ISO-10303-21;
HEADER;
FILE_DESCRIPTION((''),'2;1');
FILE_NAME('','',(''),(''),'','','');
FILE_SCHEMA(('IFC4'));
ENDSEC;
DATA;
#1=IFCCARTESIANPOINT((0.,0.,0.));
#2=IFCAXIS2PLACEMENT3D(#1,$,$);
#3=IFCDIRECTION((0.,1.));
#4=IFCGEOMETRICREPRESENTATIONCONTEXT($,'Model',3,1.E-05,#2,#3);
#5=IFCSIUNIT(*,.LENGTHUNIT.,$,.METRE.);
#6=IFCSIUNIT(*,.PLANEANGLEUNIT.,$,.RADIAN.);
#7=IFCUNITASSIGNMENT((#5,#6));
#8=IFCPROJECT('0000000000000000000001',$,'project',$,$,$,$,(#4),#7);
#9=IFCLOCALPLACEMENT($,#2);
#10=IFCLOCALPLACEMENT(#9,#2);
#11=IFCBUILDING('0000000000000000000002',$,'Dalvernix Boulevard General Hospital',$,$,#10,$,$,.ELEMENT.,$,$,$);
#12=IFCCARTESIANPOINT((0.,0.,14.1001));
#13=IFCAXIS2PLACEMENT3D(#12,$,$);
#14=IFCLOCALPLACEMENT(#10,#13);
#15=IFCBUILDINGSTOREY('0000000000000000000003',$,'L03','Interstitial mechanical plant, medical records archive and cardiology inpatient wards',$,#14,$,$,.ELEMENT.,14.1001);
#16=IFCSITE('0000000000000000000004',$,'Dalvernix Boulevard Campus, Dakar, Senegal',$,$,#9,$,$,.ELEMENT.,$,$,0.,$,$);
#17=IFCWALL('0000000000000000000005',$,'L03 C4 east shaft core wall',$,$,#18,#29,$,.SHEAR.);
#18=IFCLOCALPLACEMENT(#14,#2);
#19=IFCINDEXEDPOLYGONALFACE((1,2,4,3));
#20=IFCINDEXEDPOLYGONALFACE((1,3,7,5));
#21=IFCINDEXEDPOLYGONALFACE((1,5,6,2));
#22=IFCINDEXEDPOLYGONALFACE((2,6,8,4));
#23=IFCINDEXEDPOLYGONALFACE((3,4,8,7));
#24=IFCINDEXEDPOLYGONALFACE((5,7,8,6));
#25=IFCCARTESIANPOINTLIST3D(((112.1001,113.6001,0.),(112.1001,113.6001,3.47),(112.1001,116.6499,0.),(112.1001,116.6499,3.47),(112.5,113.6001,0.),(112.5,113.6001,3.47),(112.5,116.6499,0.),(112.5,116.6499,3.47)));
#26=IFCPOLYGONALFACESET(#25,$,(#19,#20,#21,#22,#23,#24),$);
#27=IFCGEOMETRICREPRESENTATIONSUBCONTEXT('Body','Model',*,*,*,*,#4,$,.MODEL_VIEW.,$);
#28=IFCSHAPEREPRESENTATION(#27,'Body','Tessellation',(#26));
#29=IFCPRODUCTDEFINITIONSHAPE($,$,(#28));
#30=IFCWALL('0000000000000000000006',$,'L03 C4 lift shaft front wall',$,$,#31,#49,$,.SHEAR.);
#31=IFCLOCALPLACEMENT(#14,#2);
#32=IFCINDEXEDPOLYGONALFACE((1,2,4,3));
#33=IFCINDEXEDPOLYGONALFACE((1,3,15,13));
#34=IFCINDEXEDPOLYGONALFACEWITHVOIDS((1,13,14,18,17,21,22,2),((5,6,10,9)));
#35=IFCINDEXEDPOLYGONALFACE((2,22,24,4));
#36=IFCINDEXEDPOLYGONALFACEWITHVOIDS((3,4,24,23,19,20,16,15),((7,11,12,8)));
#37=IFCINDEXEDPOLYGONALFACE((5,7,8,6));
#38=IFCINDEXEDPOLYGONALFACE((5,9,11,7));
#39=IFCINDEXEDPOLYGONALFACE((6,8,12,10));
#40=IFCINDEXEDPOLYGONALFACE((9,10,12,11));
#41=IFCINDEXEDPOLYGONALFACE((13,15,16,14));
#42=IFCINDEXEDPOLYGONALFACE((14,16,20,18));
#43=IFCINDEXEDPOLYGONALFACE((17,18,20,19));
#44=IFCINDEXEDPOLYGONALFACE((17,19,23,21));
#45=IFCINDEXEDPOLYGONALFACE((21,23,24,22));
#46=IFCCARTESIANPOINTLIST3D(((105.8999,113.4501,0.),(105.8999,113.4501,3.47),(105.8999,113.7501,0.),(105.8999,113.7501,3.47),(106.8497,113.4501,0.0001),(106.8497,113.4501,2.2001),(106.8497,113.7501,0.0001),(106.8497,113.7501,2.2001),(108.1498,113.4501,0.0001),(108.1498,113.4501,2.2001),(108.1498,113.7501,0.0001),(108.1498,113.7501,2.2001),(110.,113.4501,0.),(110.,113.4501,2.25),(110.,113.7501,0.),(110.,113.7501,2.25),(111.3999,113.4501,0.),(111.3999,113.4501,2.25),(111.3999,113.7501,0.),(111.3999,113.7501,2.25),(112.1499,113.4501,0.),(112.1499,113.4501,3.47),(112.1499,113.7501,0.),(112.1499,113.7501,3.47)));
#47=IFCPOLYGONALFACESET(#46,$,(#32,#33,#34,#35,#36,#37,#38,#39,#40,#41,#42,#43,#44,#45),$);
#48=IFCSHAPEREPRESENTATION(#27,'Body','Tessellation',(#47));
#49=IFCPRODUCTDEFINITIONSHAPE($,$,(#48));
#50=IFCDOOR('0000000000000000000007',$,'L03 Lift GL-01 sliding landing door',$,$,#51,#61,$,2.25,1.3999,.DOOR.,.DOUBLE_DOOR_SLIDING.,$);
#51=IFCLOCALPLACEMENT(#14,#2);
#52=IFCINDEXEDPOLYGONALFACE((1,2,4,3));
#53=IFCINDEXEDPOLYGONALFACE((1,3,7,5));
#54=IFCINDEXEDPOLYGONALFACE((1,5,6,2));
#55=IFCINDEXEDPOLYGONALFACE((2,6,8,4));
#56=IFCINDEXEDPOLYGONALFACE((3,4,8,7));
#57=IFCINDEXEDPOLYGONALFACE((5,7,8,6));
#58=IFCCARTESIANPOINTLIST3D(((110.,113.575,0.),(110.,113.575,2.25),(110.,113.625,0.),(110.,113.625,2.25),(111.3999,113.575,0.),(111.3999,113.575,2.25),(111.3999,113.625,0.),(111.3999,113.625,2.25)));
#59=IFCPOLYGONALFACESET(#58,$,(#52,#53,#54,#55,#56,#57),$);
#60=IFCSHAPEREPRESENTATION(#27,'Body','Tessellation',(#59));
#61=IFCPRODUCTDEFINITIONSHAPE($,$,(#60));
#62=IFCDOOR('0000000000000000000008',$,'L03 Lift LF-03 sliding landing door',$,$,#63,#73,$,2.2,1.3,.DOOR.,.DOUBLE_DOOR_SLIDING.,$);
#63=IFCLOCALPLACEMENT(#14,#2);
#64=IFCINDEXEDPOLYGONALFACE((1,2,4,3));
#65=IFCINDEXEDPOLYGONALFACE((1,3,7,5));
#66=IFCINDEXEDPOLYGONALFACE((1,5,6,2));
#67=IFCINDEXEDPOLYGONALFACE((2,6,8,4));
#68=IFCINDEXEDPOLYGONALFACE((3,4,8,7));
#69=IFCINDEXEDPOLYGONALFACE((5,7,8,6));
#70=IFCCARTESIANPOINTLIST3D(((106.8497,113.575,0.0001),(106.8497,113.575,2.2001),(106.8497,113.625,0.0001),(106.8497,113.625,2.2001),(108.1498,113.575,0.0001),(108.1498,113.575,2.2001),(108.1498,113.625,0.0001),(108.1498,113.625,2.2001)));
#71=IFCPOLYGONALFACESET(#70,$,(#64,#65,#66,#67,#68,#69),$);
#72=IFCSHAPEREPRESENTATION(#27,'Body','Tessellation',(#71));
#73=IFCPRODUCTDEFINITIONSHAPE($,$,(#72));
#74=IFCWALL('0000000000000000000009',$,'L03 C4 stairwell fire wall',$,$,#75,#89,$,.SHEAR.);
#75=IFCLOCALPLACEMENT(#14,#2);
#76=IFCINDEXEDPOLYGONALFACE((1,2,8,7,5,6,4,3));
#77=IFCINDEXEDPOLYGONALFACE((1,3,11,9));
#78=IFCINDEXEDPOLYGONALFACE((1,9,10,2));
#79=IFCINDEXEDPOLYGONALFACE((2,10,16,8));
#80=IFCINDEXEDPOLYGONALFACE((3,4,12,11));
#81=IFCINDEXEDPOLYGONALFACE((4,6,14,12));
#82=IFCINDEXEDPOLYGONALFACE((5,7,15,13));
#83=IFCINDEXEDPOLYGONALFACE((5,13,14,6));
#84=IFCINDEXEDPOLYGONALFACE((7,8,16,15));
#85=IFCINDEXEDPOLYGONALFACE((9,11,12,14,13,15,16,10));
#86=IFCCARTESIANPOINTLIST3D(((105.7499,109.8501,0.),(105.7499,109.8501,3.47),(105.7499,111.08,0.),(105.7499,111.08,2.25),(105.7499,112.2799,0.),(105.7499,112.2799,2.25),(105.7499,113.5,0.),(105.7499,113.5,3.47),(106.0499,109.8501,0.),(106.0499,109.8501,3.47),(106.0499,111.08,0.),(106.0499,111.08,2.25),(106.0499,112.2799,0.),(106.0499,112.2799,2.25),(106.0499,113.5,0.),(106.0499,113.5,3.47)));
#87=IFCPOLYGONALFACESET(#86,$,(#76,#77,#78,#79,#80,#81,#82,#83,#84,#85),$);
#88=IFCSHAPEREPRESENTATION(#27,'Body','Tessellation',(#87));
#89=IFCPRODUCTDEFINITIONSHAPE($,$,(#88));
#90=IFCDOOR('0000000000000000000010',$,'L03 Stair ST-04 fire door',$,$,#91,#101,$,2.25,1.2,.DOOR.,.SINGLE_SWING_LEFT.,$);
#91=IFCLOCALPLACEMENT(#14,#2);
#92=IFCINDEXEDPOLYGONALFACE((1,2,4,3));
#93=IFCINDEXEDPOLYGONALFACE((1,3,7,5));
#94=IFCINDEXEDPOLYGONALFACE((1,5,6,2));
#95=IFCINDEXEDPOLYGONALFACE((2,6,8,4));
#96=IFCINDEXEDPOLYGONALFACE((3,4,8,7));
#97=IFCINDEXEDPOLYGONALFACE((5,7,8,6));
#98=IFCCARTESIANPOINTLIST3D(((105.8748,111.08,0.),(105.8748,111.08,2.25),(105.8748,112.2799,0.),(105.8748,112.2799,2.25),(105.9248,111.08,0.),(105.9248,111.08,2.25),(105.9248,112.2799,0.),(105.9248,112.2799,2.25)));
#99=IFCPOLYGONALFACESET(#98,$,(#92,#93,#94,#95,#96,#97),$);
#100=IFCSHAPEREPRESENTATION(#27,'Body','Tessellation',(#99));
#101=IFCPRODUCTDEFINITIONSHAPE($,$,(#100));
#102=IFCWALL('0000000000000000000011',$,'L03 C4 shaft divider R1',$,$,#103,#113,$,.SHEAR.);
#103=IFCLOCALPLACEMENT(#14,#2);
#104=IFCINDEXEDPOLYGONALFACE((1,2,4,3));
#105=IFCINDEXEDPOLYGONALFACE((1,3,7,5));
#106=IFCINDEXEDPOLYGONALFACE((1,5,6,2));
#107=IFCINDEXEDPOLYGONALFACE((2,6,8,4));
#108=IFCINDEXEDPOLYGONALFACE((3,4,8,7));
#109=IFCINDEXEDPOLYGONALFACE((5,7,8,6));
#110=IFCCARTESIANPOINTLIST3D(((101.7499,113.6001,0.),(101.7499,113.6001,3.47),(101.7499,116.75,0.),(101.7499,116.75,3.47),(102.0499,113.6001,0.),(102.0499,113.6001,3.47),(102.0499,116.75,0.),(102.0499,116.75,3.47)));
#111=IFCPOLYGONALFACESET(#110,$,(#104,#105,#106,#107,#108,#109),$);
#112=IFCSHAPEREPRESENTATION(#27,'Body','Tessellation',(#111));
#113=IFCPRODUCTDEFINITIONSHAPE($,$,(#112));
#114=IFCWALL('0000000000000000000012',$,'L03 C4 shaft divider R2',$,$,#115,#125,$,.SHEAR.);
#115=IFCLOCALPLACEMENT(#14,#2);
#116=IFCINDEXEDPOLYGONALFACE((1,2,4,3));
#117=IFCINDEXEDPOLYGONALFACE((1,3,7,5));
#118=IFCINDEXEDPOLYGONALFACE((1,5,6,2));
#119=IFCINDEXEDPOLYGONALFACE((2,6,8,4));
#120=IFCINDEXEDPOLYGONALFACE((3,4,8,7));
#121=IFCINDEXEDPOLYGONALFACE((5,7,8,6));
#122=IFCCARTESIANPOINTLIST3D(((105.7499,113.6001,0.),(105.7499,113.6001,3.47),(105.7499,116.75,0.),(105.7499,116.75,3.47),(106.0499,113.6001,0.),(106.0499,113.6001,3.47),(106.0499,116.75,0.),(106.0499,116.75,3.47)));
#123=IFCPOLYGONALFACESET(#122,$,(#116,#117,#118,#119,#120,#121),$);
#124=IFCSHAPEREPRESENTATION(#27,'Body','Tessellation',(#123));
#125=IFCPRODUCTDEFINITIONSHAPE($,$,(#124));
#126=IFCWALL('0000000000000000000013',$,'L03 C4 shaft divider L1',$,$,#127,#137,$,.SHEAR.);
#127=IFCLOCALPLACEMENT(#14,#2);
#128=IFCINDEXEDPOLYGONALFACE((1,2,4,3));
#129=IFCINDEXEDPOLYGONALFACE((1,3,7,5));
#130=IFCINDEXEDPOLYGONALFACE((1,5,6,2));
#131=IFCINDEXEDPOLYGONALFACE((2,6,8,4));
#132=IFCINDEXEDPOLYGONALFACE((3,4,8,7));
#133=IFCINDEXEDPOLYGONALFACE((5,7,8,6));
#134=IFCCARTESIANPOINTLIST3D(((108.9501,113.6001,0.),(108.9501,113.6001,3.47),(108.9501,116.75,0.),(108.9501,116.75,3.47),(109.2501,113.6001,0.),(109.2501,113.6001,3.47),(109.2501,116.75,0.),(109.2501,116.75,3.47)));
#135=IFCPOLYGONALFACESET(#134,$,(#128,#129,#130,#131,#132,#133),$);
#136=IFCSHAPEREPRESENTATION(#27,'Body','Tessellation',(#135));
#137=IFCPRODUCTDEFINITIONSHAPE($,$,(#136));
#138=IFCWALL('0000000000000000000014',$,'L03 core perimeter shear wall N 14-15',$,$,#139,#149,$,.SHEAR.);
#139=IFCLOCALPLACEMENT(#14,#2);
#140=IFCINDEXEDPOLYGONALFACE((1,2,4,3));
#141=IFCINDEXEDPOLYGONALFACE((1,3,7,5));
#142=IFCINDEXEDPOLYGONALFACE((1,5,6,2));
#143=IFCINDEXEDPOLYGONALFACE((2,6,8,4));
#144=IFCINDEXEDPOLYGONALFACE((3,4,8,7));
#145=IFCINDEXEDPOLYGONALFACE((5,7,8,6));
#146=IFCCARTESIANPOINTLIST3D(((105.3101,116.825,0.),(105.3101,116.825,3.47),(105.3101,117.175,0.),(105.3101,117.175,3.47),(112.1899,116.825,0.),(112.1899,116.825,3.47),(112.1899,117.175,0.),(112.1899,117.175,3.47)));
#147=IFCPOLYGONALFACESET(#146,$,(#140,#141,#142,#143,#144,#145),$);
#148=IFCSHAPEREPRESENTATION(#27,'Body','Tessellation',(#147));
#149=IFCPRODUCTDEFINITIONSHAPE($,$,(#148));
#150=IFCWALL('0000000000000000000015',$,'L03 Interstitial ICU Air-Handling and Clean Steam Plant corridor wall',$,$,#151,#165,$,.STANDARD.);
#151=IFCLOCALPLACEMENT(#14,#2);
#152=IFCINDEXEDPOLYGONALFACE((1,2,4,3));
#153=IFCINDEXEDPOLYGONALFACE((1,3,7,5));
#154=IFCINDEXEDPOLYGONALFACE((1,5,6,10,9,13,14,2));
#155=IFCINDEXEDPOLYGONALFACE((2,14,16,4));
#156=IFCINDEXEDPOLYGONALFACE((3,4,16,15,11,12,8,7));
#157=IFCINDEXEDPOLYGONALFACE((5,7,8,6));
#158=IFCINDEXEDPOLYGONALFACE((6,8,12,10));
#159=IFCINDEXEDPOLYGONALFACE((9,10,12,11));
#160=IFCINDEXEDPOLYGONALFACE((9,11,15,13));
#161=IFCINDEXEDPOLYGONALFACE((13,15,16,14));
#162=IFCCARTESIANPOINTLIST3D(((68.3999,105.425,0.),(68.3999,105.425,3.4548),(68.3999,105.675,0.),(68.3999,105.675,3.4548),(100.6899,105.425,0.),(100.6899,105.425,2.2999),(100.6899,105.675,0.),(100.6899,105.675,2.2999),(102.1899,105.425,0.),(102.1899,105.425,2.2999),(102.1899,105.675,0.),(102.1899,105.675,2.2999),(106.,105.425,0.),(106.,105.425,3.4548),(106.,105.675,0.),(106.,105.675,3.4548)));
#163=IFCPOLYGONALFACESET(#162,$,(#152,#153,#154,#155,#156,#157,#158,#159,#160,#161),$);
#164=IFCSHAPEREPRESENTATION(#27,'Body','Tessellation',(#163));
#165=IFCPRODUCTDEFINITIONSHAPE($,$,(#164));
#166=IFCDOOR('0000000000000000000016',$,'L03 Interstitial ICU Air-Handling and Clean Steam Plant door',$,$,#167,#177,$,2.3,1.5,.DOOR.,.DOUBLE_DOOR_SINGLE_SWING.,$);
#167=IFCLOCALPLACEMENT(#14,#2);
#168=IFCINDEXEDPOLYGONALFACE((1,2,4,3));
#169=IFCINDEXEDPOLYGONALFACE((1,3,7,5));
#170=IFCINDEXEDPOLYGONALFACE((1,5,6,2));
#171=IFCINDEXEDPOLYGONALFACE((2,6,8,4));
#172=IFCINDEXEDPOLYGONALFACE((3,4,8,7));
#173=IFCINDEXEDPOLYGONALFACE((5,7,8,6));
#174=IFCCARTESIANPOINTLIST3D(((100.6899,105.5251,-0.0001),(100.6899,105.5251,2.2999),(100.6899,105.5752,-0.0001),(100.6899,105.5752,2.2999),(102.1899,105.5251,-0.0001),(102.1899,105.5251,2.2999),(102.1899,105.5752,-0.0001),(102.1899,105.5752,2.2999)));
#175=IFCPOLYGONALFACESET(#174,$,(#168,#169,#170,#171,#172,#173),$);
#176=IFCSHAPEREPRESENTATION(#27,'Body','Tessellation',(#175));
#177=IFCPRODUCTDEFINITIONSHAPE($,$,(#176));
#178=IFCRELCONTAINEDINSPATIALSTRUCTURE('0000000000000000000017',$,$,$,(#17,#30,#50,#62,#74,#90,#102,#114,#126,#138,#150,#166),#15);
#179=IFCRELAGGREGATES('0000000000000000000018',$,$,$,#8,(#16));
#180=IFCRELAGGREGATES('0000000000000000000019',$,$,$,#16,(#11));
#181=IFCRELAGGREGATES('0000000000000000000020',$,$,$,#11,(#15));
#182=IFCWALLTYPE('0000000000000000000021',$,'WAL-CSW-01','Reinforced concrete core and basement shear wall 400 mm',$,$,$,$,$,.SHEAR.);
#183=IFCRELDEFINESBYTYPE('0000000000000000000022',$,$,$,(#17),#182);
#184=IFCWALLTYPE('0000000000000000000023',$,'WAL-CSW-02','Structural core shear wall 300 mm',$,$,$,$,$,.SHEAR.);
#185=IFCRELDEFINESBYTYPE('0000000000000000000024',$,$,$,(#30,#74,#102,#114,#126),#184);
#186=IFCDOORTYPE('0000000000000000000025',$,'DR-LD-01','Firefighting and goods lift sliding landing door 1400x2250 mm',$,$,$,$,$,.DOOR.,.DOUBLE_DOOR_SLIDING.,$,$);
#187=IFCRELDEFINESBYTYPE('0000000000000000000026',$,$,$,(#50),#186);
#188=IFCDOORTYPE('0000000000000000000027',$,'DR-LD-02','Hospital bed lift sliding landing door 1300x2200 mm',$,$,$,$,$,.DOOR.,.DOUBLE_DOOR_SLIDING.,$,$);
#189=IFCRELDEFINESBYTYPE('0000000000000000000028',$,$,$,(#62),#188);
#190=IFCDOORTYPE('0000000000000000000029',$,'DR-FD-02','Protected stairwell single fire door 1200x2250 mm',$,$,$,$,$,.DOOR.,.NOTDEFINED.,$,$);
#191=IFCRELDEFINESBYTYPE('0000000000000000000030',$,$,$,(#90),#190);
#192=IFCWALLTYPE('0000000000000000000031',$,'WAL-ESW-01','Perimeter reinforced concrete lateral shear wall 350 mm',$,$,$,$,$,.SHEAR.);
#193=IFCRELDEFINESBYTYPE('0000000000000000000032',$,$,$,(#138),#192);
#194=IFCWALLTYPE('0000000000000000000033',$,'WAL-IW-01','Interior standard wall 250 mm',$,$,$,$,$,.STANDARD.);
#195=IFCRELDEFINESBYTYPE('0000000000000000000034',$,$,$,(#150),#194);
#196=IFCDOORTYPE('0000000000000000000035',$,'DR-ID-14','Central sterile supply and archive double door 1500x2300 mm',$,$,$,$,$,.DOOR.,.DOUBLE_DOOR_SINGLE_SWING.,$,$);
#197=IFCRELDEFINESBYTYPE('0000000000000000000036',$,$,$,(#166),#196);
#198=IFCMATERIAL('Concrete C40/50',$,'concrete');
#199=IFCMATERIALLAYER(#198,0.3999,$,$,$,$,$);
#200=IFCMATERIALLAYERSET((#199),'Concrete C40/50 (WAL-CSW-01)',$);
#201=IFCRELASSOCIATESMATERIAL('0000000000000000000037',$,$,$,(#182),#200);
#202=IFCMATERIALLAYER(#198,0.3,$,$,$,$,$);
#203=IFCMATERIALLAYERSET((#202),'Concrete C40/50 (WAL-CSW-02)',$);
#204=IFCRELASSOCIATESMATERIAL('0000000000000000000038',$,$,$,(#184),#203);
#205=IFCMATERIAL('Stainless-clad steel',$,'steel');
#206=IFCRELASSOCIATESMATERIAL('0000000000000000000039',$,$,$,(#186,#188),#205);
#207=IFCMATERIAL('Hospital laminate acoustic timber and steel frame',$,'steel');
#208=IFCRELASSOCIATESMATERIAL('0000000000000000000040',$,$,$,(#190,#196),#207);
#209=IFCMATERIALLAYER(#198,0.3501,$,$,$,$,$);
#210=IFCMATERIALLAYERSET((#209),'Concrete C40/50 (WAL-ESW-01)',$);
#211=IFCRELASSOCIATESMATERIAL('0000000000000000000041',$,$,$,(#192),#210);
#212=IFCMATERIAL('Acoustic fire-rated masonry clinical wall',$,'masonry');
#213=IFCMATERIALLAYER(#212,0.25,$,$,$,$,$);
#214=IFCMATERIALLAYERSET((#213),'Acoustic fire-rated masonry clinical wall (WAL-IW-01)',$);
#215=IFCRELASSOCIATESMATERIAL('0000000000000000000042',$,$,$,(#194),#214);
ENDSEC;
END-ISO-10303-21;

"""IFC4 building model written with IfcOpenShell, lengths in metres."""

from ifc_helpers import new_model, si_unit, direction, frame, frame_2d, origin, place, context, subcontext, project, spatial, rectangle, extrude, material, layer, layer_set, type_object, element, fill, save


model = new_model("IFC4")

# Units and contexts
model_context = context("Model", 3, precision=1e-05, world=origin(), true_north=direction((0.0, 1.0)))
body_context = subcontext(model_context, "Body", "Model", "MODEL_VIEW")
ifc_project = project(units=[si_unit("LENGTHUNIT", "METRE"), si_unit("PLANEANGLEUNIT", "RADIAN")], contexts=[model_context])

# Site, building, storey
site_placement = place(None, origin())
site = spatial("IfcSite", under=ifc_project, at=site_placement, Name="Dalvernix Boulevard Campus, Dakar, Senegal", CompositionType="ELEMENT", RefElevation=0.0)
building_placement = place(site_placement, origin())
building = spatial("IfcBuilding", under=site, at=building_placement, Name="Dalvernix Boulevard General Hospital", CompositionType="ELEMENT")
storey_placement = place(building_placement, frame((0.0, 0.0, 14.1001)))
storey = spatial("IfcBuildingStorey", under=building, at=storey_placement, Name="L03", Description="Interstitial mechanical plant, medical records archive and cardiology inpatient wards", CompositionType="ELEMENT", Elevation=14.1001)

# Shared definitions
ifc_material_1 = material(Name="Concrete C40/50", Category="concrete")

# Shared definitions
ifc_layer_1 = layer(ifc_material_1, 0.3999)
ifc_layer_set_1 = layer_set([ifc_layer_1], Name="Concrete C40/50 (WAL-CSW-01)")
wall_type_1 = type_object("IfcWallType", Name="WAL-CSW-01", Description="Reinforced concrete core and basement shear wall 400 mm", PredefinedType="SHEAR", material=ifc_layer_set_1)
ifc_material_2 = material(Name="Hospital laminate acoustic timber and steel frame", Category="steel")

# Wall
wall_1_placement = place(storey_placement, frame((112.3, 113.6001, 0.0), z_axis=(0.0, 0.0, 1.0), x_axis=(0.0, 1.0, 0.0)))
element("IfcWall", 1, at=wall_1_placement, inside=storey, type_object=wall_type_1, Name="L03 C4 east shaft core wall", PredefinedType="SHEAR", context=body_context, shape_type="SweptSolid", body=[
    extrude(rectangle(XDim=3.0498, YDim=0.3999, at=frame_2d((1.5249, 0.0))), origin(), (0.0, 0.0, 1.0), 3.47),
])

# Wall, openings, doors
ifc_layer_2 = layer(ifc_material_1, 0.3)
ifc_layer_set_2 = layer_set([ifc_layer_2], Name="Concrete C40/50 (WAL-CSW-02)")
wall_type_2 = type_object("IfcWallType", Name="WAL-CSW-02", Description="Structural core shear wall 300 mm", PredefinedType="SHEAR", material=ifc_layer_set_2)
wall_2_placement = place(storey_placement, frame((105.8999, 113.6001, 0.0), z_axis=(0.0, 0.0, 1.0), x_axis=(1.0, 0.0, 0.0)))
wall_2 = element("IfcWall", 2, at=wall_2_placement, inside=storey, type_object=wall_type_2, Name="L03 C4 lift shaft front wall", PredefinedType="SHEAR", context=body_context, shape_type="SweptSolid", body=[
    extrude(rectangle(XDim=6.25, YDim=0.3, at=frame_2d((3.125, 0.0))), origin(), (0.0, 0.0, 1.0), 3.47),
])
opening_1_placement = place(wall_2_placement, frame((0.95, 0.0, 0.0)))
opening_1 = element("IfcOpeningElement", 3, at=opening_1_placement, cuts=wall_2, PredefinedType="OPENING", context=body_context, shape_type="SweptSolid", body=[
    extrude(rectangle(XDim=1.3, YDim=2.2, at=frame_2d((0.6499, 1.1001))), frame((0.0, 0.1599, 0.0), z_axis=(0.0, -1.0, 0.0), x_axis=(1.0, 0.0, 0.0)), (0.0, 0.0, 1.0), 0.3201),
])
opening_2_placement = place(wall_2_placement, frame((4.1001, 0.0, 0.0)))
opening_2 = element("IfcOpeningElement", 4, at=opening_2_placement, cuts=wall_2, PredefinedType="OPENING", context=body_context, shape_type="SweptSolid", body=[
    extrude(rectangle(XDim=1.3999, YDim=2.25, at=frame_2d((0.7, 1.125))), frame((0.0, 0.1599, 0.0), z_axis=(0.0, -1.0, 0.0), x_axis=(1.0, 0.0, 0.0)), (0.0, 0.0, 1.0), 0.3201),
])
ifc_material_3 = material(Name="Stainless-clad steel", Category="steel")
door_type_1 = type_object("IfcDoorType", Name="DR-LD-01", Description="Firefighting and goods lift sliding landing door 1400x2250 mm", OperationType="DOUBLE_DOOR_SLIDING", PredefinedType="DOOR", material=ifc_material_3)
door_1_placement = place(opening_2_placement, origin())
door_1 = element("IfcDoor", 5, at=door_1_placement, inside=storey, type_object=door_type_1, Name="L03 Lift GL-01 sliding landing door", OperationType="DOUBLE_DOOR_SLIDING", OverallHeight=2.25, OverallWidth=1.3999, PredefinedType="DOOR", context=body_context, shape_type="SweptSolid", body=[
    extrude(rectangle(XDim=1.3999, YDim=2.25, at=frame_2d((0.7, 1.125))), frame((0.0, 0.0249, 0.0), z_axis=(0.0, -1.0, 0.0), x_axis=(1.0, 0.0, 0.0)), (0.0, 0.0, 1.0), 0.05),
])
fill(opening_2, door_1)
door_type_2 = type_object("IfcDoorType", Name="DR-LD-02", Description="Hospital bed lift sliding landing door 1300x2200 mm", OperationType="DOUBLE_DOOR_SLIDING", PredefinedType="DOOR", material=ifc_material_3)
door_2_placement = place(opening_1_placement, origin())
door_2 = element("IfcDoor", 6, at=door_2_placement, inside=storey, type_object=door_type_2, Name="L03 Lift LF-03 sliding landing door", OperationType="DOUBLE_DOOR_SLIDING", OverallHeight=2.2, OverallWidth=1.3, PredefinedType="DOOR", context=body_context, shape_type="SweptSolid", body=[
    extrude(rectangle(XDim=1.3, YDim=2.2, at=frame_2d((0.6499, 1.1001))), frame((0.0, 0.0249, 0.0), z_axis=(0.0, -1.0, 0.0), x_axis=(1.0, 0.0, 0.0)), (0.0, 0.0, 1.0), 0.05),
])
fill(opening_1, door_2)

# Wall, opening, door
wall_3_placement = place(storey_placement, frame((105.8999, 113.5, 0.0), z_axis=(0.0, 0.0, 1.0), x_axis=(0.0, -1.0, 0.0)))
wall_3 = element("IfcWall", 7, at=wall_3_placement, inside=storey, type_object=wall_type_2, Name="L03 C4 stairwell fire wall", PredefinedType="SHEAR", context=body_context, shape_type="SweptSolid", body=[
    extrude(rectangle(XDim=3.6499, YDim=0.3, at=frame_2d((1.825, 0.0))), origin(), (0.0, 0.0, 1.0), 3.47),
])
opening_3_placement = place(wall_3_placement, frame((1.22, 0.0, 0.0)))
opening_3 = element("IfcOpeningElement", 8, at=opening_3_placement, cuts=wall_3, PredefinedType="OPENING", context=body_context, shape_type="SweptSolid", body=[
    extrude(rectangle(XDim=1.2, YDim=2.25, at=frame_2d((0.6001, 1.125))), frame((0.0, 0.1599, 0.0), z_axis=(0.0, -1.0, 0.0), x_axis=(1.0, 0.0, 0.0)), (0.0, 0.0, 1.0), 0.3201),
])
door_type_3 = type_object("IfcDoorType", Name="DR-FD-02", Description="Protected stairwell single fire door 1200x2250 mm", OperationType="NOTDEFINED", PredefinedType="DOOR", material=ifc_material_2)
door_3_placement = place(opening_3_placement, origin())
door_3 = element("IfcDoor", 9, at=door_3_placement, inside=storey, type_object=door_type_3, Name="L03 Stair ST-04 fire door", OperationType="SINGLE_SWING_LEFT", OverallHeight=2.25, OverallWidth=1.2, PredefinedType="DOOR", context=body_context, shape_type="SweptSolid", body=[
    extrude(rectangle(XDim=1.2, YDim=2.25, at=frame_2d((0.6001, 1.125))), frame((0.0, 0.0249, 0.0), z_axis=(0.0, -1.0, 0.0), x_axis=(1.0, 0.0, 0.0)), (0.0, 0.0, 1.0), 0.05),
])
fill(opening_3, door_3)

# Walls
for number, where, z_axis, x_axis, name in (
    (10, (101.8999, 113.6001, 0.0), (0.0, 0.0, 1.0), (0.0, 1.0, 0.0), "L03 C4 shaft divider R1"),
    (11, (105.8999, 113.6001, 0.0), (0.0, 0.0, 1.0), (0.0, 1.0, 0.0), "L03 C4 shaft divider R2"),
    (12, (109.1001, 113.6001, 0.0), (0.0, 0.0, 1.0), (0.0, 1.0, 0.0), "L03 C4 shaft divider L1"),
):
    element("IfcWall", number, at=place(storey_placement, frame(where, z_axis=z_axis, x_axis=x_axis)), inside=storey, type_object=wall_type_2, Name=name, PredefinedType="SHEAR", context=body_context, shape_type="SweptSolid", body=[
        extrude(rectangle(XDim=3.1499, YDim=0.3, at=frame_2d((1.575, 0.0))), origin(), (0.0, 0.0, 1.0), 3.47),
    ])
ifc_layer_3 = layer(ifc_material_1, 0.3501)
ifc_layer_set_3 = layer_set([ifc_layer_3], Name="Concrete C40/50 (WAL-ESW-01)")
wall_type_3 = type_object("IfcWallType", Name="WAL-ESW-01", Description="Perimeter reinforced concrete lateral shear wall 350 mm", PredefinedType="SHEAR", material=ifc_layer_set_3)
wall_4_placement = place(storey_placement, frame((105.3101, 117.0, 0.0), z_axis=(0.0, 0.0, 1.0), x_axis=(1.0, 0.0, 0.0)))
element("IfcWall", 13, at=wall_4_placement, inside=storey, type_object=wall_type_3, Name="L03 core perimeter shear wall N 14-15", PredefinedType="SHEAR", context=body_context, shape_type="SweptSolid", body=[
    extrude(rectangle(XDim=6.8799, YDim=0.3501, at=frame_2d((3.4399, 0.0))), origin(), (0.0, 0.0, 1.0), 3.47),
])

# Wall, opening, door
ifc_material_4 = material(Name="Acoustic fire-rated masonry clinical wall", Category="masonry")
ifc_layer_4 = layer(ifc_material_4, 0.25)
ifc_layer_set_4 = layer_set([ifc_layer_4], Name="Acoustic fire-rated masonry clinical wall (WAL-IW-01)")
wall_type_4 = type_object("IfcWallType", Name="WAL-IW-01", Description="Interior standard wall 250 mm", PredefinedType="STANDARD", material=ifc_layer_set_4)
wall_5_placement = place(storey_placement, frame((106.0, 105.55, 0.0), z_axis=(0.0, 0.0, 1.0), x_axis=(-1.0, 0.0, 0.0)))
wall_5 = element("IfcWall", 14, at=wall_5_placement, inside=storey, type_object=wall_type_4, Name="L03 Interstitial ICU Air-Handling and Clean Steam Plant corridor wall", PredefinedType="STANDARD", context=body_context, shape_type="SweptSolid", body=[
    extrude(rectangle(XDim=37.6001, YDim=0.25, at=frame_2d((18.8, 0.0))), origin(), (0.0, 0.0, 1.0), 3.4548),
])
opening_4_placement = place(wall_5_placement, frame((3.8101, 0.0, 0.0)))
opening_4 = element("IfcOpeningElement", 15, at=opening_4_placement, cuts=wall_5, PredefinedType="OPENING", context=body_context, shape_type="SweptSolid", body=[
    extrude(rectangle(XDim=1.5, YDim=2.3, at=frame_2d((0.75, 1.1499))), frame((0.0, 0.135, 0.0), z_axis=(0.0, -1.0, 0.0), x_axis=(1.0, 0.0, 0.0)), (0.0, 0.0, 1.0), 0.27),
])
door_type_4 = type_object("IfcDoorType", Name="DR-ID-14", Description="Central sterile supply and archive double door 1500x2300 mm", OperationType="DOUBLE_DOOR_SINGLE_SWING", PredefinedType="DOOR", material=ifc_material_2)
door_4_placement = place(opening_4_placement, origin())
door_4 = element("IfcDoor", 16, at=door_4_placement, inside=storey, type_object=door_type_4, Name="L03 Interstitial ICU Air-Handling and Clean Steam Plant door", OperationType="DOUBLE_DOOR_SINGLE_SWING", OverallHeight=2.3, OverallWidth=1.5, PredefinedType="DOOR", context=body_context, shape_type="SweptSolid", body=[
    extrude(rectangle(XDim=1.5, YDim=2.3, at=frame_2d((0.75, 1.1499))), frame((0.0, 0.0249, 0.0), z_axis=(0.0, -1.0, 0.0), x_axis=(1.0, 0.0, 0.0)), (0.0, 0.0, 1.0), 0.05),
])
fill(opening_4, door_4)

save(model, "model.ifc")
